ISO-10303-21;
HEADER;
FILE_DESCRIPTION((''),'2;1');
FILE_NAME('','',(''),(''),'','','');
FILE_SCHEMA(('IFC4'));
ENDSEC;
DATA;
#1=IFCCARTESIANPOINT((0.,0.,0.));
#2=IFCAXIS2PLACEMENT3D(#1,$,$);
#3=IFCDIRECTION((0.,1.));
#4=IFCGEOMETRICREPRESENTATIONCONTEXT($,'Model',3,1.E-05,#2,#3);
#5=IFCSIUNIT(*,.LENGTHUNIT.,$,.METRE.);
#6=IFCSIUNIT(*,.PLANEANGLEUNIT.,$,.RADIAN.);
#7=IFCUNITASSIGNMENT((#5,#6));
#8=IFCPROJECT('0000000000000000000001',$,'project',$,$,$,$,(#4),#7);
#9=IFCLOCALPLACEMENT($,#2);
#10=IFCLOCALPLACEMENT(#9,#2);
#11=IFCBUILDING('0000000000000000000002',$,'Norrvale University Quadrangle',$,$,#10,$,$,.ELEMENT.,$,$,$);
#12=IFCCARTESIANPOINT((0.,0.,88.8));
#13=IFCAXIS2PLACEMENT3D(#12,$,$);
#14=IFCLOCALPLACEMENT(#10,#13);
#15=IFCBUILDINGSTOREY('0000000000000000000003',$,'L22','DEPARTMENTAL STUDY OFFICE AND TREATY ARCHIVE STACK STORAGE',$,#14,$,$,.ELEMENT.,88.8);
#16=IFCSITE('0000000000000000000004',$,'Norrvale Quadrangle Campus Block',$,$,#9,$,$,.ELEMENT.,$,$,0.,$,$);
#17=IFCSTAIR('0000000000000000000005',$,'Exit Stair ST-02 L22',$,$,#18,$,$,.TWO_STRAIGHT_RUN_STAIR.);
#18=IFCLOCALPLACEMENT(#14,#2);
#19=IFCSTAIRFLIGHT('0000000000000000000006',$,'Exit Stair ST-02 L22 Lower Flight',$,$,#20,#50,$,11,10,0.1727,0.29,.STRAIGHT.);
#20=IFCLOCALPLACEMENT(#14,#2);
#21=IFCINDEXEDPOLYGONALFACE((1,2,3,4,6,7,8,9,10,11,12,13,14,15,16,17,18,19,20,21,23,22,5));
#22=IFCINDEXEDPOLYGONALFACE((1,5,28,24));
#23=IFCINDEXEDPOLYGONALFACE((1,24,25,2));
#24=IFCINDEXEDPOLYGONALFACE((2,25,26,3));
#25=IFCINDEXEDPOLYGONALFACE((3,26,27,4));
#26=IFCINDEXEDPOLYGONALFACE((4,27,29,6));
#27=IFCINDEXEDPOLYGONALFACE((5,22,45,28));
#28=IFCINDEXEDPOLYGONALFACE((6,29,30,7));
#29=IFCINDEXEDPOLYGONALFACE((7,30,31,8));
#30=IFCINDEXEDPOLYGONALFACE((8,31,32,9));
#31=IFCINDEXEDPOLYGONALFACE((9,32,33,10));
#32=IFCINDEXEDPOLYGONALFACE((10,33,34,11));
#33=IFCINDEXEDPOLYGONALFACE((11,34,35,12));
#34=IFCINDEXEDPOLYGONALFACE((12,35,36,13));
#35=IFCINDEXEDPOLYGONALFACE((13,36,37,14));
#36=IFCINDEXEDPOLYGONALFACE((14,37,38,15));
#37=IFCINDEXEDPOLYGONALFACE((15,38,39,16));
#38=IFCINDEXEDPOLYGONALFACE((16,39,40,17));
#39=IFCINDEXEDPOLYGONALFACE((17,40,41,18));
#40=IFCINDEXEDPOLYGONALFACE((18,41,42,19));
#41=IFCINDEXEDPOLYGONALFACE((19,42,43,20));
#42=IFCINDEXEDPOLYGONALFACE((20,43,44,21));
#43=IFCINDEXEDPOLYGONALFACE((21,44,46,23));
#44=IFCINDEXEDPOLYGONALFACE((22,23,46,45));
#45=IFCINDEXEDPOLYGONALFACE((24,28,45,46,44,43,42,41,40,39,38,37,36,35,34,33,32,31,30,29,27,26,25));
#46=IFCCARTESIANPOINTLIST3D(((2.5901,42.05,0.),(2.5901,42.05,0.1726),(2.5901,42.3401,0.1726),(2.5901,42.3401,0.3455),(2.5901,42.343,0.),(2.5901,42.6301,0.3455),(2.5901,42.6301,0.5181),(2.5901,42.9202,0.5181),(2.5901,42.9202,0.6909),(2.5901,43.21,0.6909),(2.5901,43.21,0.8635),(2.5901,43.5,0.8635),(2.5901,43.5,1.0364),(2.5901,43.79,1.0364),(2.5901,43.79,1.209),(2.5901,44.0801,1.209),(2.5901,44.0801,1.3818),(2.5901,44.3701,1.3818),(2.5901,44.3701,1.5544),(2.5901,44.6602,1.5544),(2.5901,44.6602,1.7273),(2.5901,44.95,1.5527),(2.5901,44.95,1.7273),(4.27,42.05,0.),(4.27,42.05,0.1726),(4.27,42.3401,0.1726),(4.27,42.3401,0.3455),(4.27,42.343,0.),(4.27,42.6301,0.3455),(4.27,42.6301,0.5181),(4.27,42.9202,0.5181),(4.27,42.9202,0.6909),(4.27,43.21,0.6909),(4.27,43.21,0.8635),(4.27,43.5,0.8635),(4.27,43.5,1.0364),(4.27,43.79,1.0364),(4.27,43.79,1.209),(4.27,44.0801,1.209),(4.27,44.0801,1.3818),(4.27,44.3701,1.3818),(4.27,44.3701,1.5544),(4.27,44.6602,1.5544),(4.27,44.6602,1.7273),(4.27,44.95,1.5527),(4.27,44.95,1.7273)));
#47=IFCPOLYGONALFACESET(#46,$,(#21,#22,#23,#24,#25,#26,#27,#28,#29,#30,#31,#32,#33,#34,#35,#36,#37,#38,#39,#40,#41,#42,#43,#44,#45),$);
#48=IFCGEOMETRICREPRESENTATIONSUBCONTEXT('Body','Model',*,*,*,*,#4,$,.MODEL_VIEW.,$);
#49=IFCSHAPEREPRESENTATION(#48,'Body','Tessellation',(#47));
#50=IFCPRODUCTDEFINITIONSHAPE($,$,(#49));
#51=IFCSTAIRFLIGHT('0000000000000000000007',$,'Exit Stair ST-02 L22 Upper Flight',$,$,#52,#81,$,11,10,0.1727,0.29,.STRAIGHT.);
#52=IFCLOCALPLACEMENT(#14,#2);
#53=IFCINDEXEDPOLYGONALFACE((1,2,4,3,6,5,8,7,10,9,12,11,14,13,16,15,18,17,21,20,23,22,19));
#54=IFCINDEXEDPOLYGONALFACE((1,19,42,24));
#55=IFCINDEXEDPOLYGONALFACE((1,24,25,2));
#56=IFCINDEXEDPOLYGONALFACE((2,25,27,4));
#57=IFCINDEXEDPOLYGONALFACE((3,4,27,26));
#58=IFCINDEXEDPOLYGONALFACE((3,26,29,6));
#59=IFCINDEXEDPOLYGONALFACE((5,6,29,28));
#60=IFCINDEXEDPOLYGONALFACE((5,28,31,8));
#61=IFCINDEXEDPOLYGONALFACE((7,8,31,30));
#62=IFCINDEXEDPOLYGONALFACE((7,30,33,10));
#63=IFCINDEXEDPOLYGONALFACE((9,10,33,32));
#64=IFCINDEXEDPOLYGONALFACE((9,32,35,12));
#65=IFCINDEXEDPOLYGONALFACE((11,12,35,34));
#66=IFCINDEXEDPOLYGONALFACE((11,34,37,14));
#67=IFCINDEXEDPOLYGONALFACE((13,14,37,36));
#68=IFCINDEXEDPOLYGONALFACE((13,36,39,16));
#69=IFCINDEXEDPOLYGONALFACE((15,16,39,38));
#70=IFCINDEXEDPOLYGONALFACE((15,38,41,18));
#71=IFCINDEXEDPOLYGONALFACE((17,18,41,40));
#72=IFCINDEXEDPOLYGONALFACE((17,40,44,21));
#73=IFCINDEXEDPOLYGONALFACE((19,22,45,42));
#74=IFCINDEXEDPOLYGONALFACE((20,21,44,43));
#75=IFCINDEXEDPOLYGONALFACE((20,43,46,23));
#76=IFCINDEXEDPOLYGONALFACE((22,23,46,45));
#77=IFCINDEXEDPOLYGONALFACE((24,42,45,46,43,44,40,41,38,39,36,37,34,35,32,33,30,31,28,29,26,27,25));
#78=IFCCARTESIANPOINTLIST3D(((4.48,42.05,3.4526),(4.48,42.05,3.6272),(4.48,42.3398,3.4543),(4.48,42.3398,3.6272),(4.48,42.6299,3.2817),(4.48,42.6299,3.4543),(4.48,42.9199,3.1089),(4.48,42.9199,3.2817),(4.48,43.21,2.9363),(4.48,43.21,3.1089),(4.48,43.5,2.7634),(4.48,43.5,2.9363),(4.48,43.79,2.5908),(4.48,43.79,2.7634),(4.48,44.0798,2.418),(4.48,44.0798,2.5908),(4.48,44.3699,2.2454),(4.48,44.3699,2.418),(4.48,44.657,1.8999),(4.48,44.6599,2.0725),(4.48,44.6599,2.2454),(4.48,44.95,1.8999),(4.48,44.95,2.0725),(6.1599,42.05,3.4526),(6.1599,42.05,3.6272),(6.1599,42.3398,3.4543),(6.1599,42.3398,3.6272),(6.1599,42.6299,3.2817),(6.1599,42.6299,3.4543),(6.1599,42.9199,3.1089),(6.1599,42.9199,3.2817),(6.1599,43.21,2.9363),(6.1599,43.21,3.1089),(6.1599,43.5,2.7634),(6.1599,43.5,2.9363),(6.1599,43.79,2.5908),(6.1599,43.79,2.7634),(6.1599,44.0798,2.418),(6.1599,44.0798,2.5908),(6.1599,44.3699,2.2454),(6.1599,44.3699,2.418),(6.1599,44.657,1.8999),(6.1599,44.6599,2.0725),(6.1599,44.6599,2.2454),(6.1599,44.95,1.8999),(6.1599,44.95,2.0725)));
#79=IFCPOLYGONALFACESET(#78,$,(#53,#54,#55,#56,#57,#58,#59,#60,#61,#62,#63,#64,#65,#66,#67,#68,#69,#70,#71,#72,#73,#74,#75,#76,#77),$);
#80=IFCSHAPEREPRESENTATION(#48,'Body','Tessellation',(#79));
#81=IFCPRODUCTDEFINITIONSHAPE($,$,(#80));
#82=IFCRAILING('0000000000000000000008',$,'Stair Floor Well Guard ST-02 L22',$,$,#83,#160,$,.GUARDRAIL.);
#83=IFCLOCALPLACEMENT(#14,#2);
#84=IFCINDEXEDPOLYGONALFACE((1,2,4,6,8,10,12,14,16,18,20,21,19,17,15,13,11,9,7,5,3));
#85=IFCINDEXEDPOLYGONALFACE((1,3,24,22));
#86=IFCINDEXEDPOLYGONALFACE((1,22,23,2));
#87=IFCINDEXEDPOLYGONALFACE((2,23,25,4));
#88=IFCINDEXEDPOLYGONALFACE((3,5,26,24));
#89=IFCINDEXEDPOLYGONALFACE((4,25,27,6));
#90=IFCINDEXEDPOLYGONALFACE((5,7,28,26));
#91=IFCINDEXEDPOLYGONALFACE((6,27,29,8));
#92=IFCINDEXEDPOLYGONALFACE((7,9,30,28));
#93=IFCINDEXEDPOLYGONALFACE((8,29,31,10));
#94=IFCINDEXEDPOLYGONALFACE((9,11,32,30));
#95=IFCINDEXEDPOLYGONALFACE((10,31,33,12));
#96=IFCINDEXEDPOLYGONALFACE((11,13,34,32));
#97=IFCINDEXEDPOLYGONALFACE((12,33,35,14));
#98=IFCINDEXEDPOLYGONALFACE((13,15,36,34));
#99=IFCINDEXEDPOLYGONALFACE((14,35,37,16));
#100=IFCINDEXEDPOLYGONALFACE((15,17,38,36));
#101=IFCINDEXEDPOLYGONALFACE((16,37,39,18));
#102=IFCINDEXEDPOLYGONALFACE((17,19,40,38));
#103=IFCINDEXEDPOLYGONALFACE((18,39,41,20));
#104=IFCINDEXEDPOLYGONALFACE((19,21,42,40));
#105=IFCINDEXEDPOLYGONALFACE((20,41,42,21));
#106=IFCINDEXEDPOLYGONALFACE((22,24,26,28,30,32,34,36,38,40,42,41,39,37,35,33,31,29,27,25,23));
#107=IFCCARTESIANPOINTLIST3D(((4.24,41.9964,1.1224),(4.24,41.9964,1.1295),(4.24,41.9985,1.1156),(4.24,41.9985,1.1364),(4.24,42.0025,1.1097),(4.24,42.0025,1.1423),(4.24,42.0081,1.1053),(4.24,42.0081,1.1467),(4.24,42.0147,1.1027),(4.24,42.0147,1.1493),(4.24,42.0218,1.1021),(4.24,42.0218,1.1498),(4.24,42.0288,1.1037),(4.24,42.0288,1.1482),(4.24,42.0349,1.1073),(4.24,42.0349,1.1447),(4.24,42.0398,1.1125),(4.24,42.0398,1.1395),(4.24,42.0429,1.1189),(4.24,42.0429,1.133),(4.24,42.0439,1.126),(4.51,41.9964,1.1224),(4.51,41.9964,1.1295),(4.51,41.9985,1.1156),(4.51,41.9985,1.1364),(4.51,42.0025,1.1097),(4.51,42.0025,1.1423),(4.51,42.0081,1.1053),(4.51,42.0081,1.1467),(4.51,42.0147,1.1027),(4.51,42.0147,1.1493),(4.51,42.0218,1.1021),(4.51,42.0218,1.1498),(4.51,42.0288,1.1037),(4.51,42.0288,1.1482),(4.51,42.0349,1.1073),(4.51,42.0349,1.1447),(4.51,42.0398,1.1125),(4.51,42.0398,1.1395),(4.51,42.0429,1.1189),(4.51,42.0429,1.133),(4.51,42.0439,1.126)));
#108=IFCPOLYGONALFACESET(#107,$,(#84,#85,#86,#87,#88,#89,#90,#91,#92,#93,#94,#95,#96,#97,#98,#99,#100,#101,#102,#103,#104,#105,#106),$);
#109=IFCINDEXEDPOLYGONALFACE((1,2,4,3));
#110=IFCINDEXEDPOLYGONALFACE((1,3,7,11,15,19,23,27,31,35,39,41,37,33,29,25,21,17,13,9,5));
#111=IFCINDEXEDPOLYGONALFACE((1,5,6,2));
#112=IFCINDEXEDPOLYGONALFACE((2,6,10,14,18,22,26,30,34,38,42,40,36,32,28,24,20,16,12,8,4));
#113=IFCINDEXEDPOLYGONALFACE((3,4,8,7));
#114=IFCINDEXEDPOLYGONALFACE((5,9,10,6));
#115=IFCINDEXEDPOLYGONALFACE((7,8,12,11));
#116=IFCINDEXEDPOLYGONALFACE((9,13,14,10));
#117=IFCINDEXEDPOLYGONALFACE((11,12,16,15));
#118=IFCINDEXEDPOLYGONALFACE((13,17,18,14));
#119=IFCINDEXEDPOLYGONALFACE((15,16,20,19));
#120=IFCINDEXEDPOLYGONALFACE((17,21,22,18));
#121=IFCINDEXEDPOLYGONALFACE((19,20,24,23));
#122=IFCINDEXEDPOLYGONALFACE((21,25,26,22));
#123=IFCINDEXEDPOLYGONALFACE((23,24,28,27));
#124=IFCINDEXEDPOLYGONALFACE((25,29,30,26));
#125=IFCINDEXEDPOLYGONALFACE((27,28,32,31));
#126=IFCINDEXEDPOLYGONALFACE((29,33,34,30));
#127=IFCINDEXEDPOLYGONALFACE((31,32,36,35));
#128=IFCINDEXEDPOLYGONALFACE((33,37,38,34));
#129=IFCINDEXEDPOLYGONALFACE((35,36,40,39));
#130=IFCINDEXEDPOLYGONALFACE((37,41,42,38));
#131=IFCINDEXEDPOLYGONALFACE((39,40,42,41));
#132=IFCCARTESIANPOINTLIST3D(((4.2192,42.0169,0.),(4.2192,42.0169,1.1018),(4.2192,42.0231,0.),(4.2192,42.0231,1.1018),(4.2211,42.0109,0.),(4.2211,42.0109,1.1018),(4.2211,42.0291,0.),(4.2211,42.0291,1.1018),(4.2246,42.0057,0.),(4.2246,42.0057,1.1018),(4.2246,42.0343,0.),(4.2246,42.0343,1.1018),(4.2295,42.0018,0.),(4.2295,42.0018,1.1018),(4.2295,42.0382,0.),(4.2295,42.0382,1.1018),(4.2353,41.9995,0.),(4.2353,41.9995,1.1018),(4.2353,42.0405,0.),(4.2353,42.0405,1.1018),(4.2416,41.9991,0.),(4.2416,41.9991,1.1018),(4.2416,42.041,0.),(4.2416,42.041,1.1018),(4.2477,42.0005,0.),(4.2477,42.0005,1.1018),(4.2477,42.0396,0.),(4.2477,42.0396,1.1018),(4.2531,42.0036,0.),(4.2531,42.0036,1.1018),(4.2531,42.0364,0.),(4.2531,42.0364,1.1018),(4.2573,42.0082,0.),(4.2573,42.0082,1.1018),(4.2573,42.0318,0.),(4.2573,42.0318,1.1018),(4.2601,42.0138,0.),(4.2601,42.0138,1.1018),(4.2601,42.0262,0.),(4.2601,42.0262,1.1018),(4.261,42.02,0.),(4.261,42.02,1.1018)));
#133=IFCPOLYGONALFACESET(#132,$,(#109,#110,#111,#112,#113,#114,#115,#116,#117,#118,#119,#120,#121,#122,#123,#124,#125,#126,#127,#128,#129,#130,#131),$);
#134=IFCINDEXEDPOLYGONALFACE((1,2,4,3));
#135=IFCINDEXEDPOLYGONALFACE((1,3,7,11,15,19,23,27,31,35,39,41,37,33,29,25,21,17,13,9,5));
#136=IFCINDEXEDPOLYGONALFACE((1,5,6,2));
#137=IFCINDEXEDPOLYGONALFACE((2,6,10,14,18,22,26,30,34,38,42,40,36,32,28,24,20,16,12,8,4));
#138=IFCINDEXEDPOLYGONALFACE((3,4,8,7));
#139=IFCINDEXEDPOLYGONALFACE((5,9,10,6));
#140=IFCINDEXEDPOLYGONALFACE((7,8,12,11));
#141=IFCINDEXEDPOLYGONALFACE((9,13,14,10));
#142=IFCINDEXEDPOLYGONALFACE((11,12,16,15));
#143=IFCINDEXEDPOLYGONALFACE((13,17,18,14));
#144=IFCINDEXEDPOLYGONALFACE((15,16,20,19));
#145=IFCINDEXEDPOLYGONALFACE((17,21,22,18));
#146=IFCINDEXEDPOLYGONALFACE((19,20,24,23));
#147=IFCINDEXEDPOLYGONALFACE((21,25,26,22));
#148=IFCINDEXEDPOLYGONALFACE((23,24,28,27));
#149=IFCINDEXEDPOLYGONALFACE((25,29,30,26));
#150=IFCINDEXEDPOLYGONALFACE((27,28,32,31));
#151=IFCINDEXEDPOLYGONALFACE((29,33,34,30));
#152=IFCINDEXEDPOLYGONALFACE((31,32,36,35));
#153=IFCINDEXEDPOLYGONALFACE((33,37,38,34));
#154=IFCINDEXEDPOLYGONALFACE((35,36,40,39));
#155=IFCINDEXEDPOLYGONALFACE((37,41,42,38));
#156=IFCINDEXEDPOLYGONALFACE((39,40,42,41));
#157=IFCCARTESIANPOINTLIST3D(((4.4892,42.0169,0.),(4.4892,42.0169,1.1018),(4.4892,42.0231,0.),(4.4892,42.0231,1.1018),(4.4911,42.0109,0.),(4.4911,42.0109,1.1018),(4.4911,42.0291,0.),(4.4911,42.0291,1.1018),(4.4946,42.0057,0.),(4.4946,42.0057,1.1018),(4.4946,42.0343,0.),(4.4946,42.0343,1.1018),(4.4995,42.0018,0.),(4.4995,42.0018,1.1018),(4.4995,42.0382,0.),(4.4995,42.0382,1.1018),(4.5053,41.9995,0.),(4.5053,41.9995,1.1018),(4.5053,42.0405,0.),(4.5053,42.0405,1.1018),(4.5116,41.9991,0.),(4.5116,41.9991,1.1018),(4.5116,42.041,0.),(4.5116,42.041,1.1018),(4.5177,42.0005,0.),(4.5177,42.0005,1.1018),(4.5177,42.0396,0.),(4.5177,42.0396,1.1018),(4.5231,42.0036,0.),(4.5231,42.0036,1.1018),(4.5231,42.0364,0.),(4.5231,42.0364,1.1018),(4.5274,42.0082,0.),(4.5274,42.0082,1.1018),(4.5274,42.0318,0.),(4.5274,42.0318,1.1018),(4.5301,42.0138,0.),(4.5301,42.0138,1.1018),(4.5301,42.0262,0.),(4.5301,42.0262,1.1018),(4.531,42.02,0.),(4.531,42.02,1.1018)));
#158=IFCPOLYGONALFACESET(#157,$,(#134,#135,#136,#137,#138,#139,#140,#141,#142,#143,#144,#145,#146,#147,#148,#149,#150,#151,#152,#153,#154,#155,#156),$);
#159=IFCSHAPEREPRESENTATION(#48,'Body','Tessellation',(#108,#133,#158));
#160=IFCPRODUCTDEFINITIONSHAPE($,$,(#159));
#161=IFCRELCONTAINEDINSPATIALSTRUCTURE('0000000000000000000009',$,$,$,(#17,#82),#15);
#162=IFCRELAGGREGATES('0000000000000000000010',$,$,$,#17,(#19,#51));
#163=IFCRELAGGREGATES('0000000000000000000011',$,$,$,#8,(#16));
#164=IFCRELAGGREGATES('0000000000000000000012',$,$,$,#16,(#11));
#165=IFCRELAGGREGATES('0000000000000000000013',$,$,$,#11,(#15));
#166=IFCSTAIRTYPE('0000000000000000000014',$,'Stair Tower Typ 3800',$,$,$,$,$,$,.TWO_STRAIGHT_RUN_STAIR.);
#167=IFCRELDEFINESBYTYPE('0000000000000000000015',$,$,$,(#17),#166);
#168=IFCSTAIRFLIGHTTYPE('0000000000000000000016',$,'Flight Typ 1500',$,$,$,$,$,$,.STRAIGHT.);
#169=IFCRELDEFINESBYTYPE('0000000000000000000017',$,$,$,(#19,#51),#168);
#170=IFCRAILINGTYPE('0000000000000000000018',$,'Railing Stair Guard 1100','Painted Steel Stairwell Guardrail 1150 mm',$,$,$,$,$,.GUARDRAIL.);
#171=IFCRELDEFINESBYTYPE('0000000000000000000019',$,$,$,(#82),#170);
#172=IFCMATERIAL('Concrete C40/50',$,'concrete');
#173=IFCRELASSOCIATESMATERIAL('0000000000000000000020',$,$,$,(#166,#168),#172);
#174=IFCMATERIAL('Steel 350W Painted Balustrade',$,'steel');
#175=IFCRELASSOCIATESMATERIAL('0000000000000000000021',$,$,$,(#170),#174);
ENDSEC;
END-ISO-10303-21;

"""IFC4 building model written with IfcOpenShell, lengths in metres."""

from ifc_helpers import new_model, si_unit, direction, frame, origin, origin_2d, place, context, subcontext, project, spatial, polyline, circle, outline, extrude, material, type_object, element, aggregate, save


model = new_model("IFC4")

# Units and contexts
model_context = context("Model", 3, precision=1e-05, world=origin(), true_north=direction((0.0, 1.0)))
body_context = subcontext(model_context, "Body", "Model", "MODEL_VIEW")
ifc_project = project(units=[si_unit("LENGTHUNIT", "METRE"), si_unit("PLANEANGLEUNIT", "RADIAN")], contexts=[model_context])

# Site, building, storey
site_placement = place(None, origin())
site = spatial("IfcSite", under=ifc_project, at=site_placement, Name="Norrvale Quadrangle Campus Block", CompositionType="ELEMENT", RefElevation=0.0)
building_placement = place(site_placement, origin())
building = spatial("IfcBuilding", under=site, at=building_placement, Name="Norrvale University Quadrangle", CompositionType="ELEMENT")
storey_placement = place(building_placement, frame((0.0, 0.0, 88.8)))
storey = spatial("IfcBuildingStorey", under=building, at=storey_placement, Name="L22", Description="DEPARTMENTAL STUDY OFFICE AND TREATY ARCHIVE STACK STORAGE", CompositionType="ELEMENT", Elevation=88.8)

# Stair, stair flights
ifc_material_1 = material(Name="Concrete C40/50", Category="concrete")
stair_type = type_object("IfcStairType", Name="Stair Tower Typ 3800", PredefinedType="TWO_STRAIGHT_RUN_STAIR", material=ifc_material_1)
stair_placement = place(storey_placement, origin())
stair = element("IfcStair", 1, at=stair_placement, inside=storey, type_object=stair_type, Name="Exit Stair ST-02 L22", PredefinedType="TWO_STRAIGHT_RUN_STAIR")
stair_flight_type = type_object("IfcStairFlightType", Name="Flight Typ 1500", PredefinedType="STRAIGHT", material=ifc_material_1)
stair_flight_1_placement = place(storey_placement, frame((3.4299, 42.05, 0.0), z_axis=(0.0, 0.0, 1.0), x_axis=(0.0, 1.0, 0.0)))
stair_flight_1 = element("IfcStairFlight", 2, at=stair_flight_1_placement, type_object=stair_flight_type, Name="Exit Stair ST-02 L22 Lower Flight", NumberOfRisers=11, NumberOfTreads=10, PredefinedType="STRAIGHT", RiserHeight=0.1727, TreadLength=0.29, context=body_context, shape_type="SweptSolid", body=[
    extrude(outline(polyline([(0.0, 0.0), (0.0, 0.1726), (0.29, 0.1726), (0.29, 0.3455), (0.5801, 0.3455), (0.5801, 0.5181), (0.8701, 0.5181), (0.8701, 0.6909), (1.1599, 0.6909), (1.1599, 0.8635), (1.45, 0.8635), (1.45, 1.0364), (1.74, 1.0364), (1.74, 1.209), (2.03, 1.209), (2.03, 1.3818), (2.3201, 1.3818), (2.3201, 1.5544), (2.6101, 1.5544), (2.6101, 1.7273), (2.8999, 1.7273), (2.8999, 1.8999), (2.8999, 1.5527), (0.293, 0.0), (0.0, 0.0)])), frame((0.0, 0.8398, 0.0), z_axis=(0.0, -1.0, 0.0), x_axis=(1.0, 0.0, 0.0)), (0.0, 0.0, 1.0), 1.6799),
])
stair_flight_2_placement = place(storey_placement, frame((5.3201, 44.95, 1.8999), z_axis=(0.0, 0.0, 1.0), x_axis=(0.0, -1.0, 0.0)))
stair_flight_2 = element("IfcStairFlight", 3, at=stair_flight_2_placement, type_object=stair_flight_type, Name="Exit Stair ST-02 L22 Upper Flight", NumberOfRisers=11, NumberOfTreads=10, PredefinedType="STRAIGHT", RiserHeight=0.1727, TreadLength=0.29, context=body_context, shape_type="SweptSolid", body=[
    extrude(outline(polyline([(0.0, 0.0), (0.0, 0.1726), (0.29, 0.1726), (0.29, 0.3455), (0.5801, 0.3455), (0.5801, 0.5181), (0.8701, 0.5181), (0.8701, 0.6909), (1.1599, 0.6909), (1.1599, 0.8635), (1.45, 0.8635), (1.45, 1.0364), (1.74, 1.0364), (1.74, 1.209), (2.03, 1.209), (2.03, 1.3818), (2.3201, 1.3818), (2.3201, 1.5544), (2.6101, 1.5544), (2.6101, 1.7273), (2.8999, 1.7273), (2.8999, 1.8999), (2.8999, 1.5527), (0.293, 0.0), (0.0, 0.0)])), frame((0.0, 0.8398, 0.0), z_axis=(0.0, -1.0, 0.0), x_axis=(1.0, 0.0, 0.0)), (0.0, 0.0, 1.0), 1.6799),
])
aggregate(stair, [stair_flight_1, stair_flight_2])

# Railing
ifc_material_2 = material(Name="Steel 350W Painted Balustrade", Category="steel")
railing_type_1 = type_object("IfcRailingType", Name="Railing Stair Guard 1100", Description="Painted Steel Stairwell Guardrail 1150 mm", PredefinedType="GUARDRAIL", material=ifc_material_2)
for number, where, name in (
    (4, (4.24, 42.02, 0.0), "Stair Floor Well Guard ST-02 L22"),
):
    element("IfcRailing", number, at=place(storey_placement, frame(where)), inside=storey, type_object=railing_type_1, Name=name, PredefinedType="GUARDRAIL", context=body_context, shape_type="SweptSolid", body=[
        extrude(circle(Radius=0.0239, at=origin_2d()), frame((0.0, 0.0, 1.126), z_axis=(1.0, 0.0, 0.0), x_axis=(0.0, 1.0, 0.0)), (0.0, 0.0, 1.0), 0.27),
        extrude(circle(Radius=0.021, at=origin_2d()), origin(), (0.0, 0.0, 1.0), 1.1018),
        extrude(circle(Radius=0.021, at=origin_2d()), frame((0.27, 0.0, 0.0)), (0.0, 0.0, 1.0), 1.1018),
    ])

save(model, "model.ifc")
